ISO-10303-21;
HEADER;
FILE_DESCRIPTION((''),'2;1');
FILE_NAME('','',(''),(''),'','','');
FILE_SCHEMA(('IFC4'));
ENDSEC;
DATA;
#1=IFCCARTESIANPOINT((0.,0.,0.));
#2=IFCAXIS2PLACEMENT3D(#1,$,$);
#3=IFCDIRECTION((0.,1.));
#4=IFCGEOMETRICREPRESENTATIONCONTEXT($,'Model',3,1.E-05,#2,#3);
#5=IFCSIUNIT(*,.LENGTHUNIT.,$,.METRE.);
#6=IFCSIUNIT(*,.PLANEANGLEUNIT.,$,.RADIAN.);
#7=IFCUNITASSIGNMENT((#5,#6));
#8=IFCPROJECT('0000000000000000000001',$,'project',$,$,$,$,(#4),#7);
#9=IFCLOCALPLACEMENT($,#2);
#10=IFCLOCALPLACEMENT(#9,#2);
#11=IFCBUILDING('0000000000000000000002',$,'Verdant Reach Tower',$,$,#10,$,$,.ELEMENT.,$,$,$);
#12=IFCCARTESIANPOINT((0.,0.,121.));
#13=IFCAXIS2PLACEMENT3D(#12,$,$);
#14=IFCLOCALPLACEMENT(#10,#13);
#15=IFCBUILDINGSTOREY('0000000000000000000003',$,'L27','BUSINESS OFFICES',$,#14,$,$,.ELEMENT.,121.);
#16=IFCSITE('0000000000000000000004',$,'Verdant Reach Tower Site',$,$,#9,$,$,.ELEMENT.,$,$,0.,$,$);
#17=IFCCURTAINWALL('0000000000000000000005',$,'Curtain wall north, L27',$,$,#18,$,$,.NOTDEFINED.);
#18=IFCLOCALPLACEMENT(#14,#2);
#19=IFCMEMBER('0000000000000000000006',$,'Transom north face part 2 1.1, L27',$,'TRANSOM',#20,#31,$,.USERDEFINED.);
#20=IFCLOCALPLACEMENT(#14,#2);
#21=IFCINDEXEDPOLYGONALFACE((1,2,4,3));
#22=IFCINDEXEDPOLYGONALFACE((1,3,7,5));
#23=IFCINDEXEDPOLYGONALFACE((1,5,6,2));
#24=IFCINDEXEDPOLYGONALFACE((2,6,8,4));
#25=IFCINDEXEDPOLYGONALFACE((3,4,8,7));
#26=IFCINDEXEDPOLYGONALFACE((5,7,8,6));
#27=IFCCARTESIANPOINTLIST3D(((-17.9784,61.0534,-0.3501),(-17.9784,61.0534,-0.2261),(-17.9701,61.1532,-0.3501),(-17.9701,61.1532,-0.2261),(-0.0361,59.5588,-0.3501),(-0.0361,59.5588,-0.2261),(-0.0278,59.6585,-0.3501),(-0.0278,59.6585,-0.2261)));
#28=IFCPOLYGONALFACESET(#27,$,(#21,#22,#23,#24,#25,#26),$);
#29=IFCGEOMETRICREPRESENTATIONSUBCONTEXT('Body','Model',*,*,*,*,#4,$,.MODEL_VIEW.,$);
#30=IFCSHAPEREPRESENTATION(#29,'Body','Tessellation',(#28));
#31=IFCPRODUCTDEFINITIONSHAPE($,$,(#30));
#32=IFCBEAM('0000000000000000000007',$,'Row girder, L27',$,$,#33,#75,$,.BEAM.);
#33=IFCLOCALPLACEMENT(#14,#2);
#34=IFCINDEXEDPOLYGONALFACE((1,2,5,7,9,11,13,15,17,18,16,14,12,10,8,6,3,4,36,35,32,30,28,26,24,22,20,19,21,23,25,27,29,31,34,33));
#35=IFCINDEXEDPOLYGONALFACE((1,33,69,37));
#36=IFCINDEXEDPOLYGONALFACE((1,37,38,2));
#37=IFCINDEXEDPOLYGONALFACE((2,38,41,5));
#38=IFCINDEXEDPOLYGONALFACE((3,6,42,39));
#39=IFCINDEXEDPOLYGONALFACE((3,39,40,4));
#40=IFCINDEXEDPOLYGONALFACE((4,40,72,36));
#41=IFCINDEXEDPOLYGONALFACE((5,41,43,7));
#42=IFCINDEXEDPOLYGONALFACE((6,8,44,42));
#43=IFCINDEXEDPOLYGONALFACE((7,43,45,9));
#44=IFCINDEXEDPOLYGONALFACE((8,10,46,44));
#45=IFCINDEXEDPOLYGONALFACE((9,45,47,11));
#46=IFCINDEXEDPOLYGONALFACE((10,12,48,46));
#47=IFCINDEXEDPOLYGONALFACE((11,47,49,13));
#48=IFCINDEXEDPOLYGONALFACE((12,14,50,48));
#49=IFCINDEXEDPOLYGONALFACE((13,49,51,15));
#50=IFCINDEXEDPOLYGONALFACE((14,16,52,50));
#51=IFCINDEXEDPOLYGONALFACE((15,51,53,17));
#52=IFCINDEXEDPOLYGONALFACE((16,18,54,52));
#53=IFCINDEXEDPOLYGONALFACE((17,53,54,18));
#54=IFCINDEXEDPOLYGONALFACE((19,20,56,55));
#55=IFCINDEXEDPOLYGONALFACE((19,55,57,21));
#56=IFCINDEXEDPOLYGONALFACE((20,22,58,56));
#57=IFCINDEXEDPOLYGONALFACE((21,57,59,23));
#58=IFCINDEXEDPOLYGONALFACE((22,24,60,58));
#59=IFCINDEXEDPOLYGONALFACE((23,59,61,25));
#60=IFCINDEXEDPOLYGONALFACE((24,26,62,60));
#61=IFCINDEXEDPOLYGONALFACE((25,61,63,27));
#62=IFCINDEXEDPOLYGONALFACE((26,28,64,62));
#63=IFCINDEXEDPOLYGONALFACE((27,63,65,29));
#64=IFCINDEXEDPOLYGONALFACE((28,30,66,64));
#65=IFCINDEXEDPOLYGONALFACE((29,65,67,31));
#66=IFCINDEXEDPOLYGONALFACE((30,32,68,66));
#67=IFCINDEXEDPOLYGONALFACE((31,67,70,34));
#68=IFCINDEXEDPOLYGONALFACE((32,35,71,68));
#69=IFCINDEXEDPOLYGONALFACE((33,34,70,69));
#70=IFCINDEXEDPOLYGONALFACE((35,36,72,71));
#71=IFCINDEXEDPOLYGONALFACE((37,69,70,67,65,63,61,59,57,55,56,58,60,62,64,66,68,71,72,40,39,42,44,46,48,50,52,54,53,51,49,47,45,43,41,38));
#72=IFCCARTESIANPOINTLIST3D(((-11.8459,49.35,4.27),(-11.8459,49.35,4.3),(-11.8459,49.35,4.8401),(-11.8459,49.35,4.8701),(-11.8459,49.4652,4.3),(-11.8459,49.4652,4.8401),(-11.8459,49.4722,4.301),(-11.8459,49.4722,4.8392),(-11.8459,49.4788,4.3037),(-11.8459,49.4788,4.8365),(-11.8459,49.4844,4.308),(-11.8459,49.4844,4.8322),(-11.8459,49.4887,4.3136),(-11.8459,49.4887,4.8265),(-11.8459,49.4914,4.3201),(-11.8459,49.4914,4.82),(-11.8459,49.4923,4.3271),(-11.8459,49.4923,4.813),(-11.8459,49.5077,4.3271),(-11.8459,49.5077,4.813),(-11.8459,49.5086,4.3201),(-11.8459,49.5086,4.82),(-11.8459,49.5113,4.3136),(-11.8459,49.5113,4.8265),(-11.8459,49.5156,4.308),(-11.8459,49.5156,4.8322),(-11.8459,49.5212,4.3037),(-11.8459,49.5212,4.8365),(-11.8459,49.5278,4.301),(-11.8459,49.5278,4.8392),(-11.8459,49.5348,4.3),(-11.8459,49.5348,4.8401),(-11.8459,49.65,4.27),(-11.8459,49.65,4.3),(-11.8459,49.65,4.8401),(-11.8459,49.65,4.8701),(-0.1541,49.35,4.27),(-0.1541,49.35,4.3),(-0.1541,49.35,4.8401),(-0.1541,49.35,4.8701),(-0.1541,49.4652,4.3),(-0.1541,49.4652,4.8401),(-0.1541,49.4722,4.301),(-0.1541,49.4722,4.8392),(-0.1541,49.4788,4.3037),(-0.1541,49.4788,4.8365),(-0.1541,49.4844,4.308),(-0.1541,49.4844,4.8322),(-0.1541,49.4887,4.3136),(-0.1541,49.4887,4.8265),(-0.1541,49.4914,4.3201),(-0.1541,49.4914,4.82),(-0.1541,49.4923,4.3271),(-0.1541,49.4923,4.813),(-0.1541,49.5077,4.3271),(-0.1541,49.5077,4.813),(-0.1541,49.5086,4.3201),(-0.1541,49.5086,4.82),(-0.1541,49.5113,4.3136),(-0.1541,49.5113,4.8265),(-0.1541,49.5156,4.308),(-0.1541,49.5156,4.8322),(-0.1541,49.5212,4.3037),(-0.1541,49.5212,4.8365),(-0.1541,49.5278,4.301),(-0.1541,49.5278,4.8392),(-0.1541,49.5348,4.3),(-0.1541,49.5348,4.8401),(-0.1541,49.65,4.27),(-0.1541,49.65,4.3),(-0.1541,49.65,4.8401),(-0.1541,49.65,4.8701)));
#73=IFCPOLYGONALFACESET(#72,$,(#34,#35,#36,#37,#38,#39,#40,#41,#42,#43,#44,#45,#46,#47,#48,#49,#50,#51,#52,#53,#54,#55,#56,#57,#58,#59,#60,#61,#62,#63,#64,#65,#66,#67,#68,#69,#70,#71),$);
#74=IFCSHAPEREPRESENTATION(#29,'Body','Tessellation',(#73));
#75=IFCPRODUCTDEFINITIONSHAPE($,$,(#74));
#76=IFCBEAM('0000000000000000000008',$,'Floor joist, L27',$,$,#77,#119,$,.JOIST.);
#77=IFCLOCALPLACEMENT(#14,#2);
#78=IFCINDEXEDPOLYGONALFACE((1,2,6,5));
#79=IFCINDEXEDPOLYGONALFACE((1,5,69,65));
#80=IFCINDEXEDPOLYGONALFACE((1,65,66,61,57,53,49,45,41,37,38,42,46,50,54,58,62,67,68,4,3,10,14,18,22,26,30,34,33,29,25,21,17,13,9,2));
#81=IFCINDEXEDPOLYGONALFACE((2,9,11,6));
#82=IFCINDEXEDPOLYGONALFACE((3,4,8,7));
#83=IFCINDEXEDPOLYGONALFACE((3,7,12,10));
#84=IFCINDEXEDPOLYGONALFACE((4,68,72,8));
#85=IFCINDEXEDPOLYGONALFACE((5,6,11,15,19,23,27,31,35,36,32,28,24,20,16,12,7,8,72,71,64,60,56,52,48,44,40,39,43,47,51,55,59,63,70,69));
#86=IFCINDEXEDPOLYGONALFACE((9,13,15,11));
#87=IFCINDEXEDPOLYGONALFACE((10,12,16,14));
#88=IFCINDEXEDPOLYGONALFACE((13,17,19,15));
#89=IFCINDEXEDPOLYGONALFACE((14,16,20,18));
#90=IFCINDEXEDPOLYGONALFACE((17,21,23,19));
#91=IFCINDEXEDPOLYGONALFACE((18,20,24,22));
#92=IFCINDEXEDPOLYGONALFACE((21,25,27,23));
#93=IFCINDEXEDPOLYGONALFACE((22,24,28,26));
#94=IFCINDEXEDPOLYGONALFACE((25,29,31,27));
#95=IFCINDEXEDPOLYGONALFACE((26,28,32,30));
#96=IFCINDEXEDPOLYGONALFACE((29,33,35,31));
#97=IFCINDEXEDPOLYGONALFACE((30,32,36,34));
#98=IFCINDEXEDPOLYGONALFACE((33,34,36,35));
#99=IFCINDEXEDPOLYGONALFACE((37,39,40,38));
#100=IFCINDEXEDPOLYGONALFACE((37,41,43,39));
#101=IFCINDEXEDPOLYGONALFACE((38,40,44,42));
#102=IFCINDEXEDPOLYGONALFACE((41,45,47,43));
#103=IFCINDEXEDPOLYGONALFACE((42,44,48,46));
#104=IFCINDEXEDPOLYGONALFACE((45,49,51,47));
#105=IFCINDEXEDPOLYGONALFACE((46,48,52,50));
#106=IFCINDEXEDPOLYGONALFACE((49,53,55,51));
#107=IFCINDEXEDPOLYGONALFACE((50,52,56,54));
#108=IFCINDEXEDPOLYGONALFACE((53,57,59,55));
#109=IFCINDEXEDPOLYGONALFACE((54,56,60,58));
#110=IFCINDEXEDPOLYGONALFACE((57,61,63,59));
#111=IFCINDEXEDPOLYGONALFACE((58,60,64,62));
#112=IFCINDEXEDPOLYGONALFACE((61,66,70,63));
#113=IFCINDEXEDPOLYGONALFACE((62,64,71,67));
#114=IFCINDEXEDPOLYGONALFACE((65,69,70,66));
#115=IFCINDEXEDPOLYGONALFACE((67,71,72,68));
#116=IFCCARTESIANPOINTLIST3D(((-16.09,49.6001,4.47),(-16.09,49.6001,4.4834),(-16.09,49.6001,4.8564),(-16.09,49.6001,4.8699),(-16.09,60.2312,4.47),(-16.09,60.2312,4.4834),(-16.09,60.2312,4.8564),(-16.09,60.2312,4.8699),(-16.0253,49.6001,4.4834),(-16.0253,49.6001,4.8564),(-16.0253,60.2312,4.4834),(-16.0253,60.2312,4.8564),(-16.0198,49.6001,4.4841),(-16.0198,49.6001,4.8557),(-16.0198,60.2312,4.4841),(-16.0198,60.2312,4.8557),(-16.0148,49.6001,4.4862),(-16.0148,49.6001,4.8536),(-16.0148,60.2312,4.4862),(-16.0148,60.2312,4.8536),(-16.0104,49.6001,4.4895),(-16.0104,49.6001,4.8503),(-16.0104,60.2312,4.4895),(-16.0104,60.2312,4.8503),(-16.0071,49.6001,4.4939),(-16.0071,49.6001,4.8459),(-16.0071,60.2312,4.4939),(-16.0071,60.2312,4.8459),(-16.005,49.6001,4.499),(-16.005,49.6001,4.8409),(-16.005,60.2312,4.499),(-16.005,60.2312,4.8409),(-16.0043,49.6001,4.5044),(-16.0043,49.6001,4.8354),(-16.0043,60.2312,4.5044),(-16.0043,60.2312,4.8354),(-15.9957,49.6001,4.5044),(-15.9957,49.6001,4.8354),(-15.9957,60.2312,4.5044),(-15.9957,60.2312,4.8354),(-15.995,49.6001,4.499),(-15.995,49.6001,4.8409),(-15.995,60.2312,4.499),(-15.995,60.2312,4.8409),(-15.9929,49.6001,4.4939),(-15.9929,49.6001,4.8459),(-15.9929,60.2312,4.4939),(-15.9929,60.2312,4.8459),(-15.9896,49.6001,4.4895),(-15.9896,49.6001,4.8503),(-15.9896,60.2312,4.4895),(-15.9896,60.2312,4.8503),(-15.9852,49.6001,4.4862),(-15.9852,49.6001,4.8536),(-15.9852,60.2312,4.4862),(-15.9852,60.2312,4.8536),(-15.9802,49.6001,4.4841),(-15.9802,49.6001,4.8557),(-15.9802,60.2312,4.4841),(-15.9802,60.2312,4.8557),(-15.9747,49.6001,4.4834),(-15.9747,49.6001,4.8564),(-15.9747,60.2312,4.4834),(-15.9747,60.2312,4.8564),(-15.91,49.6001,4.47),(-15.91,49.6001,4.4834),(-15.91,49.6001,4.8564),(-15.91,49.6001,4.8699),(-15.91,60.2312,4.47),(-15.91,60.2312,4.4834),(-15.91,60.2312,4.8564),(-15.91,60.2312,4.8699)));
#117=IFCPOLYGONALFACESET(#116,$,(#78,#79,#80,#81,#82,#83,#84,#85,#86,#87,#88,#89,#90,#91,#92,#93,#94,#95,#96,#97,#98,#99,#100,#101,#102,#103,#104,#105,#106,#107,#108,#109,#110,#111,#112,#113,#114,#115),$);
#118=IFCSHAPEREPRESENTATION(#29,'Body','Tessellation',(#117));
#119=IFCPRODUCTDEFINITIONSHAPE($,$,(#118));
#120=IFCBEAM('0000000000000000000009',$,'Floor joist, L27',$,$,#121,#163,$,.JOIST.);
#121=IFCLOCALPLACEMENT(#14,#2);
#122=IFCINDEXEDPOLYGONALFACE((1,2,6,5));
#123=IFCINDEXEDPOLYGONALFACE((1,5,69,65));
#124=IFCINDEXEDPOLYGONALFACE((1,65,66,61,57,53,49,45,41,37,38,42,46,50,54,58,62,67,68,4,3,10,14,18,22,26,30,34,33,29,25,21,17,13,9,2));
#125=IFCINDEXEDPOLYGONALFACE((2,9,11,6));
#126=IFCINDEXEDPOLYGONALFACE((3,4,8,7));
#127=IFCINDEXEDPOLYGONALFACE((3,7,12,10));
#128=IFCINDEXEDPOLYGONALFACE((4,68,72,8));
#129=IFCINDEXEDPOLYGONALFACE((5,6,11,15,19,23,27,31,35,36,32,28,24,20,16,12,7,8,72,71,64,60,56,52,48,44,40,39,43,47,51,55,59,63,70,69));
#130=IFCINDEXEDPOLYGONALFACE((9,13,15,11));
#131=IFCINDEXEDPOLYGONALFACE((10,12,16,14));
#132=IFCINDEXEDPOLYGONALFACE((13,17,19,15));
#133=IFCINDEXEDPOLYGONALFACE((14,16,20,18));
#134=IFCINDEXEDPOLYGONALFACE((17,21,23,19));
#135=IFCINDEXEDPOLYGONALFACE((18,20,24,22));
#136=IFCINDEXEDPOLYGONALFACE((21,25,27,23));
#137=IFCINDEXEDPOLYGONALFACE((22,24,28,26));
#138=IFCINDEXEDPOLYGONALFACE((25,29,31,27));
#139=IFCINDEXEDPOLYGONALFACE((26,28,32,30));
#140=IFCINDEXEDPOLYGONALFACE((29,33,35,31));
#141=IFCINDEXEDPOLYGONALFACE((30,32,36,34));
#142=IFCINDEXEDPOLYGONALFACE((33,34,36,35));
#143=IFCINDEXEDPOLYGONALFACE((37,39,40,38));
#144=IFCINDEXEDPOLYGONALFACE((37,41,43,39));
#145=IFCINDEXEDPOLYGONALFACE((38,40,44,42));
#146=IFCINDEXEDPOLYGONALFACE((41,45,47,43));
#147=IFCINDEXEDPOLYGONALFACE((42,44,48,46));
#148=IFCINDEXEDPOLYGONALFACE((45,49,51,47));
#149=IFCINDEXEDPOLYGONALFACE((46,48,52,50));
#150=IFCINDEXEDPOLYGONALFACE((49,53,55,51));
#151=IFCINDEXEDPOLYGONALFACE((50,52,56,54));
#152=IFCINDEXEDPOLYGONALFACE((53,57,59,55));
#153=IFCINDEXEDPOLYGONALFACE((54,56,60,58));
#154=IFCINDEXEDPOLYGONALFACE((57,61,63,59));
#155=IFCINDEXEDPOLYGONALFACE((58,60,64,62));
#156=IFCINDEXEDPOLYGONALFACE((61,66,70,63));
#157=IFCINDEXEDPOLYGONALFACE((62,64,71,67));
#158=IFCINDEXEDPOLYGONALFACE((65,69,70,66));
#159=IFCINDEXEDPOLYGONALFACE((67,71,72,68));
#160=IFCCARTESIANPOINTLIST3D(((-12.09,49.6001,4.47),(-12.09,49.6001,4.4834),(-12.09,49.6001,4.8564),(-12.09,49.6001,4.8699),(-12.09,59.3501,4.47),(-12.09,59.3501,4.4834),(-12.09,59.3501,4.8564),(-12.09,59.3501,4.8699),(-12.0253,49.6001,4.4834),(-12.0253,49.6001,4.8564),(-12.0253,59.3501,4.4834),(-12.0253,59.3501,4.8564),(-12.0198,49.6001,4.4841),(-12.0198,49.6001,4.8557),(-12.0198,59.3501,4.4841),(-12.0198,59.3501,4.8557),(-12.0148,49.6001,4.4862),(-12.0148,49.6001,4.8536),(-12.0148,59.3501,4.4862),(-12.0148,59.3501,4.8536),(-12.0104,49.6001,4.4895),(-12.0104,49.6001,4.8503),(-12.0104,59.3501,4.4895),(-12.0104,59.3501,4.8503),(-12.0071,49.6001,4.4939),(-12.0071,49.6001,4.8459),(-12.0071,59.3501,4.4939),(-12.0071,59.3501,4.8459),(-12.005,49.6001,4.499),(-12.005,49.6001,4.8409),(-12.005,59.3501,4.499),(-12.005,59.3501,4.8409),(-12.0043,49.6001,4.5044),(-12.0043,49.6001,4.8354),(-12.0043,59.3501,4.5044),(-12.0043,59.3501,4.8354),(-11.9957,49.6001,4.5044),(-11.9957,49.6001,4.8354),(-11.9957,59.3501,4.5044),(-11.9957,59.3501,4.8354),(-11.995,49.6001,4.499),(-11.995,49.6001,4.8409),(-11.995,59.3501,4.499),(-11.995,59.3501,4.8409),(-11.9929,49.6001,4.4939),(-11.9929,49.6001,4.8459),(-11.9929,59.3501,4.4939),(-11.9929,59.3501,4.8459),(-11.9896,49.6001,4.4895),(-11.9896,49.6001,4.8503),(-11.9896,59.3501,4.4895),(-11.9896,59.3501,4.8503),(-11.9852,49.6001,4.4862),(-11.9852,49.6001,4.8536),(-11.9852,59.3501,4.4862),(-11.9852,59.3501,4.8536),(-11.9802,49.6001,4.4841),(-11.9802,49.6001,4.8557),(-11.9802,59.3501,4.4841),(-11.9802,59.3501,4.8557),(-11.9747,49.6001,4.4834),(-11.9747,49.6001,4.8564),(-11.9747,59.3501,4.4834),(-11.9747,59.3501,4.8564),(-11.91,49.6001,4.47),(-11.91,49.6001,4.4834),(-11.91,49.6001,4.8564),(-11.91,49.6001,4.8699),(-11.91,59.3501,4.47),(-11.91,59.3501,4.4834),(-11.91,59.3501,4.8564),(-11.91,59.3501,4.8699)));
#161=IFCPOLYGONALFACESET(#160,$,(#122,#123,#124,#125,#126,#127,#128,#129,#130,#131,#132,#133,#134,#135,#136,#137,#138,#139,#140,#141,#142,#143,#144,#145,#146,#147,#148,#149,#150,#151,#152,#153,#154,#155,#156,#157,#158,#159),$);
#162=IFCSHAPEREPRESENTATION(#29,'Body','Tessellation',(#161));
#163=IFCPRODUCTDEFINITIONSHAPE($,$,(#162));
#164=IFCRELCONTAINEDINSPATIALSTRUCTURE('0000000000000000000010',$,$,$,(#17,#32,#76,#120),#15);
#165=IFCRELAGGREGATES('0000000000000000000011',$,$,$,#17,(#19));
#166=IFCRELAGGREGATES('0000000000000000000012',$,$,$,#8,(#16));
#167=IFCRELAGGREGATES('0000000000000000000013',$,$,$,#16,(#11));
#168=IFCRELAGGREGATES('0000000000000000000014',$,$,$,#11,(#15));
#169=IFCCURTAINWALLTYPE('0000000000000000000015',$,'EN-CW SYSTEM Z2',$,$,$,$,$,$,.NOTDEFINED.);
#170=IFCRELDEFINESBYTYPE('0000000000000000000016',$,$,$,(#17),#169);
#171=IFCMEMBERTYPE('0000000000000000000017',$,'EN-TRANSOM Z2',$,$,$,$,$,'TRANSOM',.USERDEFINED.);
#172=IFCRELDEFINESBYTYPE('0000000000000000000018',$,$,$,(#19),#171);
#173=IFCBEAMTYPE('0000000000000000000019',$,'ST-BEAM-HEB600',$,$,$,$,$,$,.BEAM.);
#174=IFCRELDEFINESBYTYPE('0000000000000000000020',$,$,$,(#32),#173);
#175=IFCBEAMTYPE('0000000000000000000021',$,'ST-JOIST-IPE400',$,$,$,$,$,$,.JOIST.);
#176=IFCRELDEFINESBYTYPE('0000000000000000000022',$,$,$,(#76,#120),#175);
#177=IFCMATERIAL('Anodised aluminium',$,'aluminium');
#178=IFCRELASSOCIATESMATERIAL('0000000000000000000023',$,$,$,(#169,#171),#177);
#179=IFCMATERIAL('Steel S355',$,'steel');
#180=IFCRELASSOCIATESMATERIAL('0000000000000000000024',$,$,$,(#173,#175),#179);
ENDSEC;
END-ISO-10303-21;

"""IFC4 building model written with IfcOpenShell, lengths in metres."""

from ifc_helpers import new_model, si_unit, direction, frame, origin, origin_2d, place, context, subcontext, project, spatial, rectangle, i_section, extrude, material, material_profile, profile_set, type_object, element, aggregate, save


model = new_model("IFC4")

# Units and contexts
model_context = context("Model", 3, precision=1e-05, world=origin(), true_north=direction((0.0, 1.0)))
body_context = subcontext(model_context, "Body", "Model", "MODEL_VIEW")
ifc_project = project(units=[si_unit("LENGTHUNIT", "METRE"), si_unit("PLANEANGLEUNIT", "RADIAN")], contexts=[model_context])

# Site, building, storey
site_placement = place(None, origin())
site = spatial("IfcSite", under=ifc_project, at=site_placement, Name="Verdant Reach Tower Site", CompositionType="ELEMENT", RefElevation=0.0)
building_placement = place(site_placement, origin())
building = spatial("IfcBuilding", under=site, at=building_placement, Name="Verdant Reach Tower", CompositionType="ELEMENT")
storey_placement = place(building_placement, frame((0.0, 0.0, 121.0)))
storey = spatial("IfcBuildingStorey", under=building, at=storey_placement, Name="L27", Description="BUSINESS OFFICES", CompositionType="ELEMENT", Elevation=121.0)

# Curtain wall
ifc_material_1 = material(Name="Anodised aluminium", Category="aluminium")
curtain_wall_type = type_object("IfcCurtainWallType", Name="EN-CW SYSTEM Z2", PredefinedType="NOTDEFINED", material=ifc_material_1)
curtain_wall_1_placement = place(storey_placement, origin())
curtain_wall_1 = element("IfcCurtainWall", 1, at=curtain_wall_1_placement, inside=storey, type_object=curtain_wall_type, Name="Curtain wall north, L27", PredefinedType="NOTDEFINED")

# Member
ifc_material_profile_1 = material_profile(ifc_material_1, rectangle(XDim=0.1001, YDim=0.124, at=origin_2d()), Name="Transom 124x100")
ifc_profile_set_1 = profile_set([ifc_material_profile_1], Name="Anodised aluminium")
member_type_1 = type_object("IfcMemberType", Name="EN-TRANSOM Z2", ElementType="TRANSOM", PredefinedType="USERDEFINED", material=ifc_profile_set_1)
member_1_placement = place(storey_placement, frame((-0.032, 59.6086, -0.2881), z_axis=(-0.996548, 0.083015, 0.0), x_axis=(-0.083015, -0.996548, 0.0)))
member_1 = element("IfcMember", 2, at=member_1_placement, type_object=member_type_1, Name="Transom north face part 2 1.1, L27", ObjectType="TRANSOM", PredefinedType="USERDEFINED", context=body_context, shape_type="SweptSolid", body=[
    extrude(rectangle(XDim=0.1001, YDim=0.124, at=origin_2d()), origin(), (0.0, 0.0, 1.0), 18.0044),
])

# Beams
ifc_material_2 = material(Name="Steel S355", Category="steel")
ifc_material_profile_2 = material_profile(ifc_material_2, i_section(OverallWidth=0.3, OverallDepth=0.6001, WebThickness=0.0154, FlangeThickness=0.03, FilletRadius=0.0271, at=origin_2d()), Name="HEB 600")
ifc_profile_set_2 = profile_set([ifc_material_profile_2], Name="Steel S355")
beam_type_1 = type_object("IfcBeamType", Name="ST-BEAM-HEB600", PredefinedType="BEAM", material=ifc_profile_set_2)
beam_1_placement = place(storey_placement, frame((-11.8459, 49.5, 4.5701), z_axis=(1.0, 0.0, 0.0), x_axis=(0.0, 1.0, 0.0)))
element("IfcBeam", 3, at=beam_1_placement, inside=storey, type_object=beam_type_1, Name="Row girder, L27", PredefinedType="BEAM", context=body_context, shape_type="SweptSolid", body=[
    extrude(i_section(OverallWidth=0.3, OverallDepth=0.6001, WebThickness=0.0154, FlangeThickness=0.03, FilletRadius=0.0271, at=origin_2d()), origin(), (0.0, 0.0, 1.0), 11.6919),
])
ifc_material_profile_3 = material_profile(ifc_material_2, i_section(OverallWidth=0.1799, OverallDepth=0.3999, WebThickness=0.0085, FlangeThickness=0.0134, FilletRadius=0.021, at=origin_2d()), Name="IPE 400")
ifc_profile_set_3 = profile_set([ifc_material_profile_3], Name="Steel S355")
beam_type_2 = type_object("IfcBeamType", Name="ST-JOIST-IPE400", PredefinedType="JOIST", material=ifc_profile_set_3)
beam_2_placement = place(storey_placement, frame((-16.0, 49.6001, 4.6699), z_axis=(0.0, 1.0, 0.0), x_axis=(-1.0, 0.0, 0.0)))
element("IfcBeam", 4, at=beam_2_placement, inside=storey, type_object=beam_type_2, Name="Floor joist, L27", PredefinedType="JOIST", context=body_context, shape_type="SweptSolid", body=[
    extrude(i_section(OverallWidth=0.1799, OverallDepth=0.3999, WebThickness=0.0085, FlangeThickness=0.0134, FilletRadius=0.021, at=origin_2d()), origin(), (0.0, 0.0, 1.0), 10.6311),
])
beam_3_placement = place(storey_placement, frame((-12.0, 49.6001, 4.6699), z_axis=(0.0, 1.0, 0.0), x_axis=(-1.0, 0.0, 0.0)))
element("IfcBeam", 5, at=beam_3_placement, inside=storey, type_object=beam_type_2, Name="Floor joist, L27", PredefinedType="JOIST", context=body_context, shape_type="SweptSolid", body=[
    extrude(i_section(OverallWidth=0.1799, OverallDepth=0.3999, WebThickness=0.0085, FlangeThickness=0.0134, FilletRadius=0.021, at=origin_2d()), origin(), (0.0, 0.0, 1.0), 9.75),
])

aggregate(curtain_wall_1, [member_1])

save(model, "model.ifc")
